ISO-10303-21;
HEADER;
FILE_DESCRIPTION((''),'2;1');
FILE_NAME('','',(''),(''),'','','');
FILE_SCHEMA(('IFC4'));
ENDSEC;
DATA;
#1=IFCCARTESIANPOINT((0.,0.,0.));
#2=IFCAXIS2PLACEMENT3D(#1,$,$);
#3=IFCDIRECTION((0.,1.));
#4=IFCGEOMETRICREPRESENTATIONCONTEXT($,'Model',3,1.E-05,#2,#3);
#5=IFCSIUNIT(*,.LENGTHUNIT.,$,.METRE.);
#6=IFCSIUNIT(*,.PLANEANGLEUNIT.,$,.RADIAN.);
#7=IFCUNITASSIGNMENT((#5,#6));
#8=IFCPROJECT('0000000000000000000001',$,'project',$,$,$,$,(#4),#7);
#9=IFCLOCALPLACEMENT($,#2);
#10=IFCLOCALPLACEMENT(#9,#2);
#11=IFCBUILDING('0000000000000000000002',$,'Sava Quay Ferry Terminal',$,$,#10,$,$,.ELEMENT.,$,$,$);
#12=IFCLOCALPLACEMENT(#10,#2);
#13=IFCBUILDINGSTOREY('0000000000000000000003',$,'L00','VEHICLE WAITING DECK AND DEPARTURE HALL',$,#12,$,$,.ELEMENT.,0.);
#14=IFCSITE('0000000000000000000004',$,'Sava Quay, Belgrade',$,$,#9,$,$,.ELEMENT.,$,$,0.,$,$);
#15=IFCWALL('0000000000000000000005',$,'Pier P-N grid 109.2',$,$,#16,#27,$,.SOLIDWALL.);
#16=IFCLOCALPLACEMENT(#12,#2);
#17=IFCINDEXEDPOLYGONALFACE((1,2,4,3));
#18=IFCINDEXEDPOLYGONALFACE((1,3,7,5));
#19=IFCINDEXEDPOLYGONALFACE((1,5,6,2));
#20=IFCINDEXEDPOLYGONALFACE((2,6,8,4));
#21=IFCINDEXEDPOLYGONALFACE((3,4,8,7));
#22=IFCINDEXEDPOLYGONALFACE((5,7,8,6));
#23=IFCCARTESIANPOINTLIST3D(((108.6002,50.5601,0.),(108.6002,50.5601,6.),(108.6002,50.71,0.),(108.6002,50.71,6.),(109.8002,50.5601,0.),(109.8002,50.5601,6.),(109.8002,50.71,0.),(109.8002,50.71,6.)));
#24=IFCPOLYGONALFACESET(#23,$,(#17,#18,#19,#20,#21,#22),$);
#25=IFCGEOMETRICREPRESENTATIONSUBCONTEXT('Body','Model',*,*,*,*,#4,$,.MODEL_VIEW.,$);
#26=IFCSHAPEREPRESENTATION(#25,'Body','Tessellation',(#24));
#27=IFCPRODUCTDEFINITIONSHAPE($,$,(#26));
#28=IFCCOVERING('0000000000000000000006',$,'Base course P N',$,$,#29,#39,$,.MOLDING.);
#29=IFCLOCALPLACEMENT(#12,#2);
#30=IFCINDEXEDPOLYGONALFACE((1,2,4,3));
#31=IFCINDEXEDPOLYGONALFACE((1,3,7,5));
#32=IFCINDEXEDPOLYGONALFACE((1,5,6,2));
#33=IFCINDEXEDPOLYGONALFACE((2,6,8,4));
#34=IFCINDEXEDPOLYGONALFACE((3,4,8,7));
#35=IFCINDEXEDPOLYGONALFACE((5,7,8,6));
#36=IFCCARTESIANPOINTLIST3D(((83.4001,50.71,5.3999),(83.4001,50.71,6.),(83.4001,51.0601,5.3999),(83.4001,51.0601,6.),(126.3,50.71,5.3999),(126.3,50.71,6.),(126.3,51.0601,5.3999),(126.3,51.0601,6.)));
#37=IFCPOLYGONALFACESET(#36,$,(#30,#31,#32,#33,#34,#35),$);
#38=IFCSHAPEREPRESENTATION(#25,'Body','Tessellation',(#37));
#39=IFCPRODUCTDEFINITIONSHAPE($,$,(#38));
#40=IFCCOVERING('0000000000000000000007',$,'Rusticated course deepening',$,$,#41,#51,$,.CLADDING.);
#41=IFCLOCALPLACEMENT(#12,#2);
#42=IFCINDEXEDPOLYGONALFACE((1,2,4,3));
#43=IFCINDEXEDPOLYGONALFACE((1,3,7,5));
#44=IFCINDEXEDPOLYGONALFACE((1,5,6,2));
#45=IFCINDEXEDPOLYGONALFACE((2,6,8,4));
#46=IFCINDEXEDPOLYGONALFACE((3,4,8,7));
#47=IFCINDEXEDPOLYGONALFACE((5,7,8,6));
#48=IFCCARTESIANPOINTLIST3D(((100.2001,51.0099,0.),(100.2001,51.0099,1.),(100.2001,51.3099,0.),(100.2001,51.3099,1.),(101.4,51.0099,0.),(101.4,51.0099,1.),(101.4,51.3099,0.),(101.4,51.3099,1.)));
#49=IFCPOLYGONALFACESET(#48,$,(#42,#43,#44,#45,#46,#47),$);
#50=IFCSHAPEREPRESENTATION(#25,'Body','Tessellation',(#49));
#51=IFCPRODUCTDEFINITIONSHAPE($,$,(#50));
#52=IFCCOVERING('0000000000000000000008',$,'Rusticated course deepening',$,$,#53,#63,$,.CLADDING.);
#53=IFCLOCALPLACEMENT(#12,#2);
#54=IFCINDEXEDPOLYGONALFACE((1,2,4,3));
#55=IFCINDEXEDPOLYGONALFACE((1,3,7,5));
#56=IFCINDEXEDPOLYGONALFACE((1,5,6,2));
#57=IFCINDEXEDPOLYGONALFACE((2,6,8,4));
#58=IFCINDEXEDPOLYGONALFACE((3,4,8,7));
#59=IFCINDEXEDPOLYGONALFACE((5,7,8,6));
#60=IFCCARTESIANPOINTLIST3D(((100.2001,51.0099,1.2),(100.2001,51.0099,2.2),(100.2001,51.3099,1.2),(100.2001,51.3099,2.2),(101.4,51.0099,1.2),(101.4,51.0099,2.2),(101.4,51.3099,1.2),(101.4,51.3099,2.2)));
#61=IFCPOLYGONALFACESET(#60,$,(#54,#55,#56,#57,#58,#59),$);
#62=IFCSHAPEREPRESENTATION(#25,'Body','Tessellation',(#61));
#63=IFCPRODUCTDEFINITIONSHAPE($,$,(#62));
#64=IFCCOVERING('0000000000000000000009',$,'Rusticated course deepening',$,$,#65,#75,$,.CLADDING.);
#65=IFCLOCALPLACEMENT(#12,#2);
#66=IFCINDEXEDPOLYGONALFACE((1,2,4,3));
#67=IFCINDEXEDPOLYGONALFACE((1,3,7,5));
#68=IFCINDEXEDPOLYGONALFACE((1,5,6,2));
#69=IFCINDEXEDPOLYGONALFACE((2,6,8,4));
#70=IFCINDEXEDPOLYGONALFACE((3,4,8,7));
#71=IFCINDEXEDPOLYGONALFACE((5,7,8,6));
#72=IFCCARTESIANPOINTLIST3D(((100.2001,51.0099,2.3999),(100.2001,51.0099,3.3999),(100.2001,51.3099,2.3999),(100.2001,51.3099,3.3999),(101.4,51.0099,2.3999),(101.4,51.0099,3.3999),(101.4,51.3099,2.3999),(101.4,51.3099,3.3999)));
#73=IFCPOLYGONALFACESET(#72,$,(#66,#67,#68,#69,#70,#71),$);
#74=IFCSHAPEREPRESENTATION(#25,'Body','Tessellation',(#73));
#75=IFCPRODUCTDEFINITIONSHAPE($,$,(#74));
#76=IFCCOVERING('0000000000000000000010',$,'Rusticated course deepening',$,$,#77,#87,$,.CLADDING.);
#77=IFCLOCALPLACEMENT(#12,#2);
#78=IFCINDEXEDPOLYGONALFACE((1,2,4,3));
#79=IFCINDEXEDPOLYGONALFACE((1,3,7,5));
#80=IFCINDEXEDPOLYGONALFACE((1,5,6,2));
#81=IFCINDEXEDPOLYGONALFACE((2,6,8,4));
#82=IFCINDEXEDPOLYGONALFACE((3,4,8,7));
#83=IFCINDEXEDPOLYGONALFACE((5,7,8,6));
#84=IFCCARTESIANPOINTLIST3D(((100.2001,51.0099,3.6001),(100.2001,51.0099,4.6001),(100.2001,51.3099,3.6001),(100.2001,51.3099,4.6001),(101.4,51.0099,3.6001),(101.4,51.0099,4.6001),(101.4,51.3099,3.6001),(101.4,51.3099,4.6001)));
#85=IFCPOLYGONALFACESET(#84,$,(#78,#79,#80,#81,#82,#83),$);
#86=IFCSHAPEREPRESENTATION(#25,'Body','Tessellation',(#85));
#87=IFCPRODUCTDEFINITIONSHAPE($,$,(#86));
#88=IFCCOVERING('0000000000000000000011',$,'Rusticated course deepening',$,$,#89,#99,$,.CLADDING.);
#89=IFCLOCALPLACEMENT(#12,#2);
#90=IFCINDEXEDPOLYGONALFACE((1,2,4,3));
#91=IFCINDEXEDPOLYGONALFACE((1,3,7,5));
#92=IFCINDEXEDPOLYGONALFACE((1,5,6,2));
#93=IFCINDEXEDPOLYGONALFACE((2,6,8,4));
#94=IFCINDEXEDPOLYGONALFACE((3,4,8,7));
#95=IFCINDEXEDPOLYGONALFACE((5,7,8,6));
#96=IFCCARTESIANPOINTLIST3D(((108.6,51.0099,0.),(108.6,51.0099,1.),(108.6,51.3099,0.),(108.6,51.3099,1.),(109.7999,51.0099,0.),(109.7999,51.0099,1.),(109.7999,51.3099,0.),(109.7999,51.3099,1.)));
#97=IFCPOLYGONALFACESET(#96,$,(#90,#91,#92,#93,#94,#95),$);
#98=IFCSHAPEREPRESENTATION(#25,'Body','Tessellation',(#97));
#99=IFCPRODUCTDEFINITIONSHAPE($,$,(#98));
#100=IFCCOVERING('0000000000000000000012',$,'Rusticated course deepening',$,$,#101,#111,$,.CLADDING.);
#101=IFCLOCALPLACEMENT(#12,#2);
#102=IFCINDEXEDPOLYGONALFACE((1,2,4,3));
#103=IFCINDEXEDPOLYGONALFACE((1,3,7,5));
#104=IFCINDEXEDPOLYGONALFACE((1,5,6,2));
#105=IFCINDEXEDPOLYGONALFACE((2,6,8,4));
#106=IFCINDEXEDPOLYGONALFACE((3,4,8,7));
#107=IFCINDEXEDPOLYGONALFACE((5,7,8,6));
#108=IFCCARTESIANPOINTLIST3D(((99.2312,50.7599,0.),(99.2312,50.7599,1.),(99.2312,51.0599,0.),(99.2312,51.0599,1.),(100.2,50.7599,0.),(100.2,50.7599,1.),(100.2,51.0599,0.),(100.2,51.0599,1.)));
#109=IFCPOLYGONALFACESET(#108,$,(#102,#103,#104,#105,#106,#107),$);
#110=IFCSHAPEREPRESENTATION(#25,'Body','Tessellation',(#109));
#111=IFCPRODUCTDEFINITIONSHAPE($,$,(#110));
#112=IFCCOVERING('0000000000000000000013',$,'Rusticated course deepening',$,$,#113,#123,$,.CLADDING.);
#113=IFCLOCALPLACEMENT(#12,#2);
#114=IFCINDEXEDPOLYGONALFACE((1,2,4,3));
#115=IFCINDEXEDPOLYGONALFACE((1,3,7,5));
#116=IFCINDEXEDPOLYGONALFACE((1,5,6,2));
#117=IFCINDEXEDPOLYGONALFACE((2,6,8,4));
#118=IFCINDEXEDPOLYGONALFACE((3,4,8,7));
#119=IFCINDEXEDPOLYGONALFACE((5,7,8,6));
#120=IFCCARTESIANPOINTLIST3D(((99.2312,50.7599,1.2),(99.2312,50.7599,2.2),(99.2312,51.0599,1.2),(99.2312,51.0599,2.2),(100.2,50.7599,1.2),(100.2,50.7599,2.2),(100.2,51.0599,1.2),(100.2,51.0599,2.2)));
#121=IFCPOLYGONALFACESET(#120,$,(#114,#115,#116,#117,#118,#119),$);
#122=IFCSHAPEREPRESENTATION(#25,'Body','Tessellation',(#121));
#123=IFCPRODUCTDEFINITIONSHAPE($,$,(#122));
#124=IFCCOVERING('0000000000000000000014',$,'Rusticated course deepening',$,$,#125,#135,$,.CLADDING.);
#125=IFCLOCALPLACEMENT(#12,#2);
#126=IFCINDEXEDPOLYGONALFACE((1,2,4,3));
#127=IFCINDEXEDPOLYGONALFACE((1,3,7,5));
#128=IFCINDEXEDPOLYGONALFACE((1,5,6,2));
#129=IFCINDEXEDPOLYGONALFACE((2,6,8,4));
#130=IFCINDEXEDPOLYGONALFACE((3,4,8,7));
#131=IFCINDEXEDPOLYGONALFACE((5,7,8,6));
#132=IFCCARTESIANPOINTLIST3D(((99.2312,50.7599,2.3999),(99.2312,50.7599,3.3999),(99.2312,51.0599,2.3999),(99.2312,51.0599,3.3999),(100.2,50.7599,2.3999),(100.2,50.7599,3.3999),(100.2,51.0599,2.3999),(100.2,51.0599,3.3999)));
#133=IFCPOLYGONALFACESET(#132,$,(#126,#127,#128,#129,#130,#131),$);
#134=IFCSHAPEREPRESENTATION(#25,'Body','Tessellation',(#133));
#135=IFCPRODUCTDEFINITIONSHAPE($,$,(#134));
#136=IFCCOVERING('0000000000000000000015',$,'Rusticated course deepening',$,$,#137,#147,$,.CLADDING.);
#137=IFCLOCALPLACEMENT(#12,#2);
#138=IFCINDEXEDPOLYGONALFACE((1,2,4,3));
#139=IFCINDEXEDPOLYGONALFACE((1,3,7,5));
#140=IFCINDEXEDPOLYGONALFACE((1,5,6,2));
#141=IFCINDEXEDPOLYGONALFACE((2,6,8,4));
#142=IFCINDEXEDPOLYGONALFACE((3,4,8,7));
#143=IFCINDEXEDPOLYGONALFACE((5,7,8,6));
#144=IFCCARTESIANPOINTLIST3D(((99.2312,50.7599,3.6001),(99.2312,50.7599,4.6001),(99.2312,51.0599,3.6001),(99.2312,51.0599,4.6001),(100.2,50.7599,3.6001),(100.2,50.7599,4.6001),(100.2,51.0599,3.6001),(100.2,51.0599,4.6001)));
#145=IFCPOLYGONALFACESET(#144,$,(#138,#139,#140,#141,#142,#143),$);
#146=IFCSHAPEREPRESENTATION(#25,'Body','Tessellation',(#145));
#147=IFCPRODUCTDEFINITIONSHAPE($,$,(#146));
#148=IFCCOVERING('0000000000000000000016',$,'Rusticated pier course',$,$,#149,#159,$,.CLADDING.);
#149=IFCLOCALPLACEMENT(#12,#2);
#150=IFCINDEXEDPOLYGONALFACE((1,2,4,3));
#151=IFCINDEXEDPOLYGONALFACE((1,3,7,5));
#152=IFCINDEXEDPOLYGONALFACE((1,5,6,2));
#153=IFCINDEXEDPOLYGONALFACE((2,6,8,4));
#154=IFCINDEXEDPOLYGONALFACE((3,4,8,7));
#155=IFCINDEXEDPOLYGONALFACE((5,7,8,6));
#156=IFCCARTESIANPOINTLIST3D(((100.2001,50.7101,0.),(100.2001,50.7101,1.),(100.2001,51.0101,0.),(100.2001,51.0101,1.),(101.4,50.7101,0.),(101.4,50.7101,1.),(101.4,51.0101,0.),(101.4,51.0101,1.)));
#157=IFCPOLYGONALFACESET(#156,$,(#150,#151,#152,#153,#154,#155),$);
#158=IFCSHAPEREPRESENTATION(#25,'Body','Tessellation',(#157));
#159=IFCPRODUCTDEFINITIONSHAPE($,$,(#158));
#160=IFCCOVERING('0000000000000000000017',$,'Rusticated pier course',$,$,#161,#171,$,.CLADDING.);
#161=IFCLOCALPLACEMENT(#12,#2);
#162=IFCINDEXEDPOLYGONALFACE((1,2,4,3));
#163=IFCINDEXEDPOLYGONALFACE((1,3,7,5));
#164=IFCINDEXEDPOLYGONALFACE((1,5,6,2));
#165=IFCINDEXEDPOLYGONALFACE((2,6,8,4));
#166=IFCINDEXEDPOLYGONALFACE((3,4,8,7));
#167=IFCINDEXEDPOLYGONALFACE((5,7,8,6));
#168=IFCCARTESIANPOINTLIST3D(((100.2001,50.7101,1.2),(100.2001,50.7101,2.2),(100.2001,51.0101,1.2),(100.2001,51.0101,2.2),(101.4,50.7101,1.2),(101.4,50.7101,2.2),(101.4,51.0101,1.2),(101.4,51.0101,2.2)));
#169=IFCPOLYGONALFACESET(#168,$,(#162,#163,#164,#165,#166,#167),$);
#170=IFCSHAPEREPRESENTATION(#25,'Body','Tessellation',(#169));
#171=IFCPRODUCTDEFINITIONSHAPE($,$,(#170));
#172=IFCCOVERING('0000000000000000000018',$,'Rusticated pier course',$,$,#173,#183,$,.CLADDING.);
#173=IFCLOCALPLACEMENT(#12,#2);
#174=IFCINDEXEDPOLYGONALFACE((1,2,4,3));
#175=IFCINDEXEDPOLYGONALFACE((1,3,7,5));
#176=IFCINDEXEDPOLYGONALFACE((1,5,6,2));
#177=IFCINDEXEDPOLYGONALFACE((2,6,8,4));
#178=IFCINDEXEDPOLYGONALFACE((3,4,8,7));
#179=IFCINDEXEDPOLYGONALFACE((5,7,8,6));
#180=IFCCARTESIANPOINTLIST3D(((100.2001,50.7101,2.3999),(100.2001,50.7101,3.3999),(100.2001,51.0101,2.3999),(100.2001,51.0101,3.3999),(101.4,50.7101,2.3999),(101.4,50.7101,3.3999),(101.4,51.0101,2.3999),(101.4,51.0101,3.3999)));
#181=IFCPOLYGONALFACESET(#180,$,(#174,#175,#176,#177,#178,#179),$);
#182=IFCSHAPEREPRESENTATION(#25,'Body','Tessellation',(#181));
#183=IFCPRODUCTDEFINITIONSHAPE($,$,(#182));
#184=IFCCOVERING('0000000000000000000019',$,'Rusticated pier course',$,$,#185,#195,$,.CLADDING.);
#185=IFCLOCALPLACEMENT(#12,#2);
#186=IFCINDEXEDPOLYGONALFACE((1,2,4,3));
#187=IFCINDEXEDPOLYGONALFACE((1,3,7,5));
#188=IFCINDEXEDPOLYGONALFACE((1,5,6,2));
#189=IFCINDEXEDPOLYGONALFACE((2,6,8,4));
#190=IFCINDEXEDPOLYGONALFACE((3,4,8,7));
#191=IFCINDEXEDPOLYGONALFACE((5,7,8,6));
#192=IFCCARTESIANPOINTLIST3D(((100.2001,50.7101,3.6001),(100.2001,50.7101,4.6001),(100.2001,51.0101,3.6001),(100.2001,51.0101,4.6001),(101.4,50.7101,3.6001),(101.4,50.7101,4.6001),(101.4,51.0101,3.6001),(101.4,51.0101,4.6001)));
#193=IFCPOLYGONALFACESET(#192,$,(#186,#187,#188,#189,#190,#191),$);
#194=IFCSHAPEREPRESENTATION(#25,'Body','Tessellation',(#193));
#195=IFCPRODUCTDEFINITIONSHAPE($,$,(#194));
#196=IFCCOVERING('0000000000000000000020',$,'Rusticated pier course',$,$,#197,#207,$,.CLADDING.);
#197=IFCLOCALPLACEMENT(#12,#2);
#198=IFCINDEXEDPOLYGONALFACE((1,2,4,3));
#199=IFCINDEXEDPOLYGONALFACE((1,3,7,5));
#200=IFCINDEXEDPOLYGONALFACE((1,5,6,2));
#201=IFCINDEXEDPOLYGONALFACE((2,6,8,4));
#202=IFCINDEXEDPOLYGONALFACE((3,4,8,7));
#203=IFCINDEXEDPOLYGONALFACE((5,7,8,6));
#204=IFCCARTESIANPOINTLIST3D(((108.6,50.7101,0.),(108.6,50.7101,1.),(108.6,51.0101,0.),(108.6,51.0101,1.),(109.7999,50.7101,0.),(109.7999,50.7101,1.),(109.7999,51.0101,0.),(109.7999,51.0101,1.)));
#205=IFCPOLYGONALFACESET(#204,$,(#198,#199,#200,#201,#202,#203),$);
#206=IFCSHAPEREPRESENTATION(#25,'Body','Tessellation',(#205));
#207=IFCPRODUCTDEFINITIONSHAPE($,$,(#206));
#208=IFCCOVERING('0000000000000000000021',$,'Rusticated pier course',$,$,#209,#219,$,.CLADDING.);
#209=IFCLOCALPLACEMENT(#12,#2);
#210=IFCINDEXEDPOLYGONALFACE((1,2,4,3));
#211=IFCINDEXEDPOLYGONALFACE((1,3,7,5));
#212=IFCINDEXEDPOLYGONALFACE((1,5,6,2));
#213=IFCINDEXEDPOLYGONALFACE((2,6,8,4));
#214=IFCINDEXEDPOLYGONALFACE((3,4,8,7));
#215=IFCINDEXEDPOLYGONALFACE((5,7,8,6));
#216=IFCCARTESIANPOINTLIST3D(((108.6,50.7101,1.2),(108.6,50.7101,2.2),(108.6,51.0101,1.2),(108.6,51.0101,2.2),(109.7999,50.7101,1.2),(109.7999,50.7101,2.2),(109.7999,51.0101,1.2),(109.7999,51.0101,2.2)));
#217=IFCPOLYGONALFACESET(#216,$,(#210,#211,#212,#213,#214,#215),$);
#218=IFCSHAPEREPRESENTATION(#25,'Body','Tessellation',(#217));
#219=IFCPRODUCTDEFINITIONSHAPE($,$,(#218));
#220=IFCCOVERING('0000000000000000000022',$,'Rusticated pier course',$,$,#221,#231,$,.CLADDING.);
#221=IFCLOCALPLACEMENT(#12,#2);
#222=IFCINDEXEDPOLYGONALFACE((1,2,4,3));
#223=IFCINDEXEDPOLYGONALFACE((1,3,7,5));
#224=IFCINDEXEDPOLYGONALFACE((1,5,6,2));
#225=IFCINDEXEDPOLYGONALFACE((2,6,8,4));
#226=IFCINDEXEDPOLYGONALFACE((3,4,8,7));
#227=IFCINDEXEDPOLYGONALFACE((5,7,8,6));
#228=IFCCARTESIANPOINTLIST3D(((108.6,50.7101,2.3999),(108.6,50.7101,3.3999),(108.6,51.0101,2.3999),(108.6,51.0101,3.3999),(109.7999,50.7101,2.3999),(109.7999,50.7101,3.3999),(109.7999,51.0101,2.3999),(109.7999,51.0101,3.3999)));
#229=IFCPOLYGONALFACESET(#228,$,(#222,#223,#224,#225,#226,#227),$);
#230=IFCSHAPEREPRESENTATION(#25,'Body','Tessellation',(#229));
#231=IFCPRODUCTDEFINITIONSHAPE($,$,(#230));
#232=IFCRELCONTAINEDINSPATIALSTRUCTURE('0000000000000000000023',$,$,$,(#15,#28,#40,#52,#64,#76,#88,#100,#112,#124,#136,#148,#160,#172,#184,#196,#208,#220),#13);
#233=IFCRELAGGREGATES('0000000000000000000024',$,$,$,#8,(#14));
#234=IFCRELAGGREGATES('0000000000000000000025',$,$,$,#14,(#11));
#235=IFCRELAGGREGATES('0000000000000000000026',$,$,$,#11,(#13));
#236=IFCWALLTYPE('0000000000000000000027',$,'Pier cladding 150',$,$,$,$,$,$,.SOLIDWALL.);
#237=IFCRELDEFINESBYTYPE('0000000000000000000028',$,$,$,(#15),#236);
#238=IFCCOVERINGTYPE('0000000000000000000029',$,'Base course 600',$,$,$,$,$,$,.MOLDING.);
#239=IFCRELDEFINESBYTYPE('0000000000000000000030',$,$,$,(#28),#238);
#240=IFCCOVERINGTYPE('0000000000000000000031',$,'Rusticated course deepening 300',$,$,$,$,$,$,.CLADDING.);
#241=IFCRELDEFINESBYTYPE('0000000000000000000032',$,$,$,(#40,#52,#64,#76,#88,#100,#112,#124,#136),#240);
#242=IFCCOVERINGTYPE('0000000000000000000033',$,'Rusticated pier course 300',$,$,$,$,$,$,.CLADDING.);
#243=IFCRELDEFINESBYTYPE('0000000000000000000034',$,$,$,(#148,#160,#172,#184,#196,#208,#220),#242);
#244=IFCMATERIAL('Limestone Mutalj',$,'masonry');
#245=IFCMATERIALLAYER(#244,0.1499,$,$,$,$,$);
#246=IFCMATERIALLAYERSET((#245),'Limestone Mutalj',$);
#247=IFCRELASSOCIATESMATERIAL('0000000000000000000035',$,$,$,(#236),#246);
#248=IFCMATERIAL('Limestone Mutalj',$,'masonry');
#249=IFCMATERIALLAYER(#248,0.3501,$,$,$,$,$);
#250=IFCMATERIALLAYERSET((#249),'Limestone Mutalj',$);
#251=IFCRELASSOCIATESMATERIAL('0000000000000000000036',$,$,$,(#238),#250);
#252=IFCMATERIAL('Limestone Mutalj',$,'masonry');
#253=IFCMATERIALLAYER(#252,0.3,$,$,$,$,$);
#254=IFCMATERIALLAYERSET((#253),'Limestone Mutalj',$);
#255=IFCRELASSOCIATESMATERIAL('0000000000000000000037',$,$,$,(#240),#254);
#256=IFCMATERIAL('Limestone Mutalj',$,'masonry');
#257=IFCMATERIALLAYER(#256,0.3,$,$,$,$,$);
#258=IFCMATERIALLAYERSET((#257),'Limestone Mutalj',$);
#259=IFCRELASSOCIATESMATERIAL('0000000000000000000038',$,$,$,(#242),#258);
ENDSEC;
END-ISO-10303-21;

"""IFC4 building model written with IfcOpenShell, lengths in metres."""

from ifc_helpers import new_model, si_unit, direction, frame, frame_2d, origin, origin_2d, place, context, subcontext, project, spatial, rectangle, extrude, material, layer, layer_set, type_object, element, save


model = new_model("IFC4")

# Units and contexts
model_context = context("Model", 3, precision=1e-05, world=origin(), true_north=direction((0.0, 1.0)))
body_context = subcontext(model_context, "Body", "Model", "MODEL_VIEW")
ifc_project = project(units=[si_unit("LENGTHUNIT", "METRE"), si_unit("PLANEANGLEUNIT", "RADIAN")], contexts=[model_context])

# Site, building, storey
site_placement = place(None, origin())
site = spatial("IfcSite", under=ifc_project, at=site_placement, Name="Sava Quay, Belgrade", CompositionType="ELEMENT", RefElevation=0.0)
building_placement = place(site_placement, origin())
building = spatial("IfcBuilding", under=site, at=building_placement, Name="Sava Quay Ferry Terminal", CompositionType="ELEMENT")
storey_placement = place(building_placement, origin())
storey = spatial("IfcBuildingStorey", under=building, at=storey_placement, Name="L00", Description="VEHICLE WAITING DECK AND DEPARTURE HALL", CompositionType="ELEMENT", Elevation=0.0)

# Wall
ifc_material_1 = material(Name="Limestone Mutalj", Category="masonry")
ifc_layer_1 = layer(ifc_material_1, 0.1499)
ifc_layer_set_1 = layer_set([ifc_layer_1], Name="Limestone Mutalj")
wall_type_1 = type_object("IfcWallType", Name="Pier cladding 150", PredefinedType="SOLIDWALL", material=ifc_layer_set_1)
for number, where, z_axis, x_axis, name in (
    (1, (108.6001, 50.635, 0.0), (0.0, 0.0, 1.0), (1.0, 0.0, 0.0), "Pier P-N grid 109.2"),
):
    element("IfcWall", number, at=place(storey_placement, frame(where, z_axis=z_axis, x_axis=x_axis)), inside=storey, type_object=wall_type_1, Name=name, PredefinedType="SOLIDWALL", context=body_context, shape_type="SweptSolid", body=[
        extrude(rectangle(XDim=1.2, YDim=0.1499, at=frame_2d((0.6001, 0.0))), origin(), (0.0, 0.0, 1.0), 6.0),
    ])

# Coverings
ifc_material_2 = material(Name="Limestone Mutalj", Category="masonry")
ifc_layer_2 = layer(ifc_material_2, 0.3501)
ifc_layer_set_2 = layer_set([ifc_layer_2], Name="Limestone Mutalj")
covering_type_1 = type_object("IfcCoveringType", Name="Base course 600", PredefinedType="MOLDING", material=ifc_layer_set_2)
covering_placement = place(storey_placement, frame((104.8501, 50.885, 5.3999), z_axis=(0.0, 0.0, 1.0), x_axis=(1.0, 0.0, 0.0)))
element("IfcCovering", 2, at=covering_placement, inside=storey, type_object=covering_type_1, Name="Base course P N", PredefinedType="MOLDING", context=body_context, shape_type="SweptSolid", body=[
    extrude(rectangle(XDim=42.8999, YDim=0.3501, at=origin_2d()), origin(), (0.0, 0.0, 1.0), 0.6001),
])
ifc_material_3 = material(Name="Limestone Mutalj", Category="masonry")
ifc_layer_3 = layer(ifc_material_3, 0.3)
ifc_layer_set_3 = layer_set([ifc_layer_3], Name="Limestone Mutalj")
covering_type_2 = type_object("IfcCoveringType", Name="Rusticated course deepening 300", PredefinedType="CLADDING", material=ifc_layer_set_3)
for number, where, z_axis, x_axis, name in (
    (3, (100.8, 51.1599, 0.0), (0.0, 0.0, 1.0), (1.0, 0.0, 0.0), "Rusticated course deepening"),
    (4, (100.8, 51.1599, 1.2), (0.0, 0.0, 1.0), (1.0, 0.0, 0.0), "Rusticated course deepening"),
    (5, (100.8, 51.1599, 2.3999), (0.0, 0.0, 1.0), (1.0, 0.0, 0.0), "Rusticated course deepening"),
    (6, (100.8, 51.1599, 3.6001), (0.0, 0.0, 1.0), (1.0, 0.0, 0.0), "Rusticated course deepening"),
    (7, (109.2, 51.1599, 0.0), (0.0, 0.0, 1.0), (1.0, 0.0, 0.0), "Rusticated course deepening"),
):
    element("IfcCovering", number, at=place(storey_placement, frame(where, z_axis=z_axis, x_axis=x_axis)), inside=storey, type_object=covering_type_2, Name=name, PredefinedType="CLADDING", context=body_context, shape_type="SweptSolid", body=[
        extrude(rectangle(XDim=1.2, YDim=0.3, at=origin_2d()), origin(), (0.0, 0.0, 1.0), 1.0),
    ])
for number, where, z_axis, x_axis, name in (
    (8, (99.7156, 50.9099, 0.0), (0.0, 0.0, 1.0), (1.0, 0.0, 0.0), "Rusticated course deepening"),
    (9, (99.7156, 50.9099, 1.2), (0.0, 0.0, 1.0), (1.0, 0.0, 0.0), "Rusticated course deepening"),
    (10, (99.7156, 50.9099, 2.3999), (0.0, 0.0, 1.0), (1.0, 0.0, 0.0), "Rusticated course deepening"),
    (11, (99.7156, 50.9099, 3.6001), (0.0, 0.0, 1.0), (1.0, 0.0, 0.0), "Rusticated course deepening"),
):
    element("IfcCovering", number, at=place(storey_placement, frame(where, z_axis=z_axis, x_axis=x_axis)), inside=storey, type_object=covering_type_2, Name=name, PredefinedType="CLADDING", context=body_context, shape_type="SweptSolid", body=[
        extrude(rectangle(XDim=0.9688, YDim=0.3, at=origin_2d()), origin(), (0.0, 0.0, 1.0), 1.0),
    ])
ifc_material_4 = material(Name="Limestone Mutalj", Category="masonry")
ifc_layer_4 = layer(ifc_material_4, 0.3)
ifc_layer_set_4 = layer_set([ifc_layer_4], Name="Limestone Mutalj")
covering_type_3 = type_object("IfcCoveringType", Name="Rusticated pier course 300", PredefinedType="CLADDING", material=ifc_layer_set_4)
for number, where, z_axis, x_axis, name in (
    (12, (100.8, 50.8601, 0.0), (0.0, 0.0, 1.0), (1.0, 0.0, 0.0), "Rusticated pier course"),
    (13, (100.8, 50.8601, 1.2), (0.0, 0.0, 1.0), (1.0, 0.0, 0.0), "Rusticated pier course"),
    (14, (100.8, 50.8601, 2.3999), (0.0, 0.0, 1.0), (1.0, 0.0, 0.0), "Rusticated pier course"),
    (15, (100.8, 50.8601, 3.6001), (0.0, 0.0, 1.0), (1.0, 0.0, 0.0), "Rusticated pier course"),
    (16, (109.2, 50.8601, 0.0), (0.0, 0.0, 1.0), (1.0, 0.0, 0.0), "Rusticated pier course"),
    (17, (109.2, 50.8601, 1.2), (0.0, 0.0, 1.0), (1.0, 0.0, 0.0), "Rusticated pier course"),
    (18, (109.2, 50.8601, 2.3999), (0.0, 0.0, 1.0), (1.0, 0.0, 0.0), "Rusticated pier course"),
):
    element("IfcCovering", number, at=place(storey_placement, frame(where, z_axis=z_axis, x_axis=x_axis)), inside=storey, type_object=covering_type_3, Name=name, PredefinedType="CLADDING", context=body_context, shape_type="SweptSolid", body=[
        extrude(rectangle(XDim=1.2, YDim=0.3, at=origin_2d()), origin(), (0.0, 0.0, 1.0), 1.0),
    ])

save(model, "model.ifc")
